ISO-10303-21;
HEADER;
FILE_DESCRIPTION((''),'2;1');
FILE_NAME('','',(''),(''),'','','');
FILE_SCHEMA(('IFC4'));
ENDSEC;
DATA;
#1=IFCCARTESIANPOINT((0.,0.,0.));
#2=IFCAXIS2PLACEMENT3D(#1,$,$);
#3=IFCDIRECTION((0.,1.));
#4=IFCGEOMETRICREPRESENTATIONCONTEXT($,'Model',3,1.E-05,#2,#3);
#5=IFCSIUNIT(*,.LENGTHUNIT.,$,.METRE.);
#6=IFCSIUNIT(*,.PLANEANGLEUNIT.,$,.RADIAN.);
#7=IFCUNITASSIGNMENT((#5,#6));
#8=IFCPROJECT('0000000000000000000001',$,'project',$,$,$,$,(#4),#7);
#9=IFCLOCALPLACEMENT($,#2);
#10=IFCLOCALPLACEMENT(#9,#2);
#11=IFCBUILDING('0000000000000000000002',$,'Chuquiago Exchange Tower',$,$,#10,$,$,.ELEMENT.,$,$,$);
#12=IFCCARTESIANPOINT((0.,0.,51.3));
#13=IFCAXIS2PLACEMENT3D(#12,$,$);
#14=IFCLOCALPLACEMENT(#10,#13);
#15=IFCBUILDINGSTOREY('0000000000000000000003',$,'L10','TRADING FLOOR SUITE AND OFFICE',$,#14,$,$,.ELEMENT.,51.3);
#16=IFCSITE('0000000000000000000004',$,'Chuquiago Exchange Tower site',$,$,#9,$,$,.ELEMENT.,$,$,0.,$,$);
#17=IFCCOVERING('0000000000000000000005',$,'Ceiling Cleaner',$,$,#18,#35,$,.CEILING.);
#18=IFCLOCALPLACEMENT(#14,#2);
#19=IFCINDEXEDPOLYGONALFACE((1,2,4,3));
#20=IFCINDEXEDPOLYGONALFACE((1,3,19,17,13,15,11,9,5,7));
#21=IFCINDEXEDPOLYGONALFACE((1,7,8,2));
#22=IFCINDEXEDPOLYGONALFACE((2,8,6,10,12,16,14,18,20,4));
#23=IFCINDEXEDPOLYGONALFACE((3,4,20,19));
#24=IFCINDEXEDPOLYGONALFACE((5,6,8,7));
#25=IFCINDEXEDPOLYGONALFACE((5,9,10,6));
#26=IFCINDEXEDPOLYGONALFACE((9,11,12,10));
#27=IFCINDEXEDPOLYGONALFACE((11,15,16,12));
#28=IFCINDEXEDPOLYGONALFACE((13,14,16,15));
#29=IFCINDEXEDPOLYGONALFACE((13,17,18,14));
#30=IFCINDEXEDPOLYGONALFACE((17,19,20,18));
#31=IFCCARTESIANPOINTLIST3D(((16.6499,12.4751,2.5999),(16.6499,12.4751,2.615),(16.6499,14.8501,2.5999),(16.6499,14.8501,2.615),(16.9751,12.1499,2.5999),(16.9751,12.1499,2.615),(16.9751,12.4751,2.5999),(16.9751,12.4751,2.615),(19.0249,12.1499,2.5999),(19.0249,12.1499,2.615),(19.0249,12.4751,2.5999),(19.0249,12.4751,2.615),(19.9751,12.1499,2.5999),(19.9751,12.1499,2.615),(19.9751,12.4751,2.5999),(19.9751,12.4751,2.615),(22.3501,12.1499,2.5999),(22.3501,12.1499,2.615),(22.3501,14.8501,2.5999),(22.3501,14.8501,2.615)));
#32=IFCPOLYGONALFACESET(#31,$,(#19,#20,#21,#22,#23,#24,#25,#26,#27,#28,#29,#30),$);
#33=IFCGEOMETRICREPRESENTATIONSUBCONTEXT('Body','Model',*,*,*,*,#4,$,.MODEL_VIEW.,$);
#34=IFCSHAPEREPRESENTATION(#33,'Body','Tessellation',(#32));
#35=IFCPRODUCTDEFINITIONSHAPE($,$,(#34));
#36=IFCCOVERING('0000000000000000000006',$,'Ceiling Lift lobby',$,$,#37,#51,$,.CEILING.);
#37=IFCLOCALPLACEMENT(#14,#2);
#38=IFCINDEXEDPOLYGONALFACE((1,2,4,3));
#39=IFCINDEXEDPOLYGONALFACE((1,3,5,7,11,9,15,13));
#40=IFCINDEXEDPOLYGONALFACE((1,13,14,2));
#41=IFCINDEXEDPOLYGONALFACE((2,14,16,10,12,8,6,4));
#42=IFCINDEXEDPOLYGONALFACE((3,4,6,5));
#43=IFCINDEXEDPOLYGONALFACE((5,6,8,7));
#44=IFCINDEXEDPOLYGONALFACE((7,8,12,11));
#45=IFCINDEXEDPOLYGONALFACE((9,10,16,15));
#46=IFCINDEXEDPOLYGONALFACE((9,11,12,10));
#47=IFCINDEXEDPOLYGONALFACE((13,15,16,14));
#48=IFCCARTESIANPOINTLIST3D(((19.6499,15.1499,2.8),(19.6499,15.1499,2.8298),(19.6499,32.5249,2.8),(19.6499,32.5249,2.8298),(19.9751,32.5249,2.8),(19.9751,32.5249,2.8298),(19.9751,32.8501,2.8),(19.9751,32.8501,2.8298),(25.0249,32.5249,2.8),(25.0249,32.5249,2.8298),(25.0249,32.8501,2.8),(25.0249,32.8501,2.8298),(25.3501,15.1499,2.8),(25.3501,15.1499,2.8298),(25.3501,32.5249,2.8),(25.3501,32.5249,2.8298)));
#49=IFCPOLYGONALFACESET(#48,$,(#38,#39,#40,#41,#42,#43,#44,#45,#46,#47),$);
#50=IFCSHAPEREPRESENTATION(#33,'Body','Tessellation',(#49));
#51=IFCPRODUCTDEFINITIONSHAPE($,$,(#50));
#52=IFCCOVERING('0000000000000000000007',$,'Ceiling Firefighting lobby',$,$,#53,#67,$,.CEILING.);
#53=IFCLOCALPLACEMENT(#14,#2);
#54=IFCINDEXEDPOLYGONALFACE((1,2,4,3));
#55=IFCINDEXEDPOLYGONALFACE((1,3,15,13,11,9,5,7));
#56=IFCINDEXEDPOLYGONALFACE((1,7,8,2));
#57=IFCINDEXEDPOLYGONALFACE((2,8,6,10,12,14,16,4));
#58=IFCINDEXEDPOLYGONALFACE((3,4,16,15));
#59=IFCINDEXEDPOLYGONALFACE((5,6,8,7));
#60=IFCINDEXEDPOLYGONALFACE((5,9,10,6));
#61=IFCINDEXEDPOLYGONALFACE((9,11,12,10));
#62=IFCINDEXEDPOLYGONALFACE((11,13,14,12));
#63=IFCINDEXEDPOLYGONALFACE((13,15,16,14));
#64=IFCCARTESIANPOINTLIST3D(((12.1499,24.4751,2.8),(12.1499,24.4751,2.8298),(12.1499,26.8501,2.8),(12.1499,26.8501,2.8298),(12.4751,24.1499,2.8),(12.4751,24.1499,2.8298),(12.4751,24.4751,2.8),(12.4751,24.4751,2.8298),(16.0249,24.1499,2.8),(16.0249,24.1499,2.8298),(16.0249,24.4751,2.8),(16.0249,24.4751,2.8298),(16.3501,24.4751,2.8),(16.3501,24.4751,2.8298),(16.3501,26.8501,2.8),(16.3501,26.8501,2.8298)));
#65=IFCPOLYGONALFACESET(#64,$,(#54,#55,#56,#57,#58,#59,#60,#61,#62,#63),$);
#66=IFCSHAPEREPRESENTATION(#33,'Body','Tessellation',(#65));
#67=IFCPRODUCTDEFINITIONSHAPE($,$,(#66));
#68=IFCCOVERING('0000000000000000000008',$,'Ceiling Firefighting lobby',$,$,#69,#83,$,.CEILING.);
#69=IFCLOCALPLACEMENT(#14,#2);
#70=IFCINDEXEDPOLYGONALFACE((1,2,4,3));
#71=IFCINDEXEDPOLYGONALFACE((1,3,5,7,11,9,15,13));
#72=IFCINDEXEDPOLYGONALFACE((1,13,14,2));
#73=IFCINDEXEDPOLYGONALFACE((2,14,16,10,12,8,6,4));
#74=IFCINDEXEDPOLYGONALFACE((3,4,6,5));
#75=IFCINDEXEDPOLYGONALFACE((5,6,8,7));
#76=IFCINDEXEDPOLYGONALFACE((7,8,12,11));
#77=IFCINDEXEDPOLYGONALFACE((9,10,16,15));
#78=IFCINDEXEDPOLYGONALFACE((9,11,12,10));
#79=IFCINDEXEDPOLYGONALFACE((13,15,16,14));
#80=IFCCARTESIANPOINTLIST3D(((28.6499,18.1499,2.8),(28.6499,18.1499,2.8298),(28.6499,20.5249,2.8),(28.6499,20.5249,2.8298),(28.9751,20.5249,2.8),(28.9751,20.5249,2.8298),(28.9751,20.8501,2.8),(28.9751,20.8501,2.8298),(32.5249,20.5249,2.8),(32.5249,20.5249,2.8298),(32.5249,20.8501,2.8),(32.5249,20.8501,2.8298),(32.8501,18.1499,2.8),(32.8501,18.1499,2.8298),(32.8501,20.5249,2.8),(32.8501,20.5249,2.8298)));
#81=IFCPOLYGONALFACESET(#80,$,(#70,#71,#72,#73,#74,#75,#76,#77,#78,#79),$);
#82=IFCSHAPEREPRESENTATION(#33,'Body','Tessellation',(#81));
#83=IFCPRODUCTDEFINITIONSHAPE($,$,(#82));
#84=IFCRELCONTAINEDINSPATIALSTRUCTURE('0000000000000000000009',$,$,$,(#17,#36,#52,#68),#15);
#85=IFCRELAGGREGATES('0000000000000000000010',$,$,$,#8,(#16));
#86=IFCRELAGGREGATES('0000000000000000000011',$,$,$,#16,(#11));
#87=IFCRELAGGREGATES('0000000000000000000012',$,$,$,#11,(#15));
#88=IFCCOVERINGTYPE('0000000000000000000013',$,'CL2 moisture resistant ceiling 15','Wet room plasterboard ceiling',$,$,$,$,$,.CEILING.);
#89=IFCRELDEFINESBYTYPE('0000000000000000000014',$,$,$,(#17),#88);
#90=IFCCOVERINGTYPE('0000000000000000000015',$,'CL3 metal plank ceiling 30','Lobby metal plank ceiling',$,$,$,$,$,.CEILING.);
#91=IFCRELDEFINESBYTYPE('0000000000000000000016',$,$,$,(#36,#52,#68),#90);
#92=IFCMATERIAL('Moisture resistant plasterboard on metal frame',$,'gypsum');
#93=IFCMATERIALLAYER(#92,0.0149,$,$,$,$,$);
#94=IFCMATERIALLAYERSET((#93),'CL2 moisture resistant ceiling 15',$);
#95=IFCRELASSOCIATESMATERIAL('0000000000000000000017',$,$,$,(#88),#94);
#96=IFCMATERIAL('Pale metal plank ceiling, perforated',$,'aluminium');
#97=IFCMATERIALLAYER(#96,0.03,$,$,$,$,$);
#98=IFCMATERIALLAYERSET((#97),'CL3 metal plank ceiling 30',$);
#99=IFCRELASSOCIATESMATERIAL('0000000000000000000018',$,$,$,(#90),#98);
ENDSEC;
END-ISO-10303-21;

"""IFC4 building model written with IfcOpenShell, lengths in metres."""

from ifc_helpers import new_model, si_unit, direction, frame, origin, place, context, subcontext, project, spatial, polyline, outline, extrude, material, layer, layer_set, type_object, element, save


model = new_model("IFC4")

# Units and contexts
model_context = context("Model", 3, precision=1e-05, world=origin(), true_north=direction((0.0, 1.0)))
body_context = subcontext(model_context, "Body", "Model", "MODEL_VIEW")
ifc_project = project(units=[si_unit("LENGTHUNIT", "METRE"), si_unit("PLANEANGLEUNIT", "RADIAN")], contexts=[model_context])

# Site, building, storey
site_placement = place(None, origin())
site = spatial("IfcSite", under=ifc_project, at=site_placement, Name="Chuquiago Exchange Tower site", CompositionType="ELEMENT", RefElevation=0.0)
building_placement = place(site_placement, origin())
building = spatial("IfcBuilding", under=site, at=building_placement, Name="Chuquiago Exchange Tower", CompositionType="ELEMENT")
storey_placement = place(building_placement, frame((0.0, 0.0, 51.3)))
storey = spatial("IfcBuildingStorey", under=building, at=storey_placement, Name="L10", Description="TRADING FLOOR SUITE AND OFFICE", CompositionType="ELEMENT", Elevation=51.3)

# Coverings
ifc_material_1 = material(Name="Moisture resistant plasterboard on metal frame", Category="gypsum")
ifc_layer_1 = layer(ifc_material_1, 0.0149)
ifc_layer_set_1 = layer_set([ifc_layer_1], Name="CL2 moisture resistant ceiling 15")
covering_type_1 = type_object("IfcCoveringType", Name="CL2 moisture resistant ceiling 15", Description="Wet room plasterboard ceiling", PredefinedType="CEILING", material=ifc_layer_set_1)
covering_1_placement = place(storey_placement, frame((0.0, 0.0, 2.5999)))
element("IfcCovering", 1, at=covering_1_placement, inside=storey, type_object=covering_type_1, Name="Ceiling Cleaner", PredefinedType="CEILING", context=body_context, shape_type="SweptSolid", body=[
    extrude(outline(polyline([(19.9751, 12.1499), (19.9751, 12.4751), (19.0249, 12.4751), (19.0249, 12.1499), (16.9751, 12.1499), (16.9751, 12.4751), (16.6499, 12.4751), (16.6499, 14.8501), (22.3501, 14.8501), (22.3501, 12.1499), (19.9751, 12.1499)])), origin(), (0.0, 0.0, 1.0), 0.0151),
])
ifc_material_2 = material(Name="Pale metal plank ceiling, perforated", Category="aluminium")
ifc_layer_2 = layer(ifc_material_2, 0.03)
ifc_layer_set_2 = layer_set([ifc_layer_2], Name="CL3 metal plank ceiling 30")
covering_type_2 = type_object("IfcCoveringType", Name="CL3 metal plank ceiling 30", Description="Lobby metal plank ceiling", PredefinedType="CEILING", material=ifc_layer_set_2)
covering_2_placement = place(storey_placement, frame((0.0, 0.0, 2.8)))
element("IfcCovering", 2, at=covering_2_placement, inside=storey, type_object=covering_type_2, Name="Ceiling Lift lobby", PredefinedType="CEILING", context=body_context, shape_type="SweptSolid", body=[
    extrude(outline(polyline([(19.6499, 15.1499), (19.6499, 32.5249), (19.9751, 32.5249), (19.9751, 32.8501), (25.0249, 32.8501), (25.0249, 32.5249), (25.3501, 32.5249), (25.3501, 15.1499), (19.6499, 15.1499)])), origin(), (0.0, 0.0, 1.0), 0.0298),
])
covering_3_placement = place(storey_placement, frame((0.0, 0.0, 2.8)))
element("IfcCovering", 3, at=covering_3_placement, inside=storey, type_object=covering_type_2, Name="Ceiling Firefighting lobby", PredefinedType="CEILING", context=body_context, shape_type="SweptSolid", body=[
    extrude(outline(polyline([(12.4751, 24.1499), (12.4751, 24.4751), (12.1499, 24.4751), (12.1499, 26.8501), (16.3501, 26.8501), (16.3501, 24.4751), (16.0249, 24.4751), (16.0249, 24.1499), (12.4751, 24.1499)])), origin(), (0.0, 0.0, 1.0), 0.0298),
])
covering_4_placement = place(storey_placement, frame((0.0, 0.0, 2.8)))
element("IfcCovering", 4, at=covering_4_placement, inside=storey, type_object=covering_type_2, Name="Ceiling Firefighting lobby", PredefinedType="CEILING", context=body_context, shape_type="SweptSolid", body=[
    extrude(outline(polyline([(28.6499, 18.1499), (28.6499, 20.5249), (28.9751, 20.5249), (28.9751, 20.8501), (32.5249, 20.8501), (32.5249, 20.5249), (32.8501, 20.5249), (32.8501, 18.1499), (28.6499, 18.1499)])), origin(), (0.0, 0.0, 1.0), 0.0298),
])

save(model, "model.ifc")
